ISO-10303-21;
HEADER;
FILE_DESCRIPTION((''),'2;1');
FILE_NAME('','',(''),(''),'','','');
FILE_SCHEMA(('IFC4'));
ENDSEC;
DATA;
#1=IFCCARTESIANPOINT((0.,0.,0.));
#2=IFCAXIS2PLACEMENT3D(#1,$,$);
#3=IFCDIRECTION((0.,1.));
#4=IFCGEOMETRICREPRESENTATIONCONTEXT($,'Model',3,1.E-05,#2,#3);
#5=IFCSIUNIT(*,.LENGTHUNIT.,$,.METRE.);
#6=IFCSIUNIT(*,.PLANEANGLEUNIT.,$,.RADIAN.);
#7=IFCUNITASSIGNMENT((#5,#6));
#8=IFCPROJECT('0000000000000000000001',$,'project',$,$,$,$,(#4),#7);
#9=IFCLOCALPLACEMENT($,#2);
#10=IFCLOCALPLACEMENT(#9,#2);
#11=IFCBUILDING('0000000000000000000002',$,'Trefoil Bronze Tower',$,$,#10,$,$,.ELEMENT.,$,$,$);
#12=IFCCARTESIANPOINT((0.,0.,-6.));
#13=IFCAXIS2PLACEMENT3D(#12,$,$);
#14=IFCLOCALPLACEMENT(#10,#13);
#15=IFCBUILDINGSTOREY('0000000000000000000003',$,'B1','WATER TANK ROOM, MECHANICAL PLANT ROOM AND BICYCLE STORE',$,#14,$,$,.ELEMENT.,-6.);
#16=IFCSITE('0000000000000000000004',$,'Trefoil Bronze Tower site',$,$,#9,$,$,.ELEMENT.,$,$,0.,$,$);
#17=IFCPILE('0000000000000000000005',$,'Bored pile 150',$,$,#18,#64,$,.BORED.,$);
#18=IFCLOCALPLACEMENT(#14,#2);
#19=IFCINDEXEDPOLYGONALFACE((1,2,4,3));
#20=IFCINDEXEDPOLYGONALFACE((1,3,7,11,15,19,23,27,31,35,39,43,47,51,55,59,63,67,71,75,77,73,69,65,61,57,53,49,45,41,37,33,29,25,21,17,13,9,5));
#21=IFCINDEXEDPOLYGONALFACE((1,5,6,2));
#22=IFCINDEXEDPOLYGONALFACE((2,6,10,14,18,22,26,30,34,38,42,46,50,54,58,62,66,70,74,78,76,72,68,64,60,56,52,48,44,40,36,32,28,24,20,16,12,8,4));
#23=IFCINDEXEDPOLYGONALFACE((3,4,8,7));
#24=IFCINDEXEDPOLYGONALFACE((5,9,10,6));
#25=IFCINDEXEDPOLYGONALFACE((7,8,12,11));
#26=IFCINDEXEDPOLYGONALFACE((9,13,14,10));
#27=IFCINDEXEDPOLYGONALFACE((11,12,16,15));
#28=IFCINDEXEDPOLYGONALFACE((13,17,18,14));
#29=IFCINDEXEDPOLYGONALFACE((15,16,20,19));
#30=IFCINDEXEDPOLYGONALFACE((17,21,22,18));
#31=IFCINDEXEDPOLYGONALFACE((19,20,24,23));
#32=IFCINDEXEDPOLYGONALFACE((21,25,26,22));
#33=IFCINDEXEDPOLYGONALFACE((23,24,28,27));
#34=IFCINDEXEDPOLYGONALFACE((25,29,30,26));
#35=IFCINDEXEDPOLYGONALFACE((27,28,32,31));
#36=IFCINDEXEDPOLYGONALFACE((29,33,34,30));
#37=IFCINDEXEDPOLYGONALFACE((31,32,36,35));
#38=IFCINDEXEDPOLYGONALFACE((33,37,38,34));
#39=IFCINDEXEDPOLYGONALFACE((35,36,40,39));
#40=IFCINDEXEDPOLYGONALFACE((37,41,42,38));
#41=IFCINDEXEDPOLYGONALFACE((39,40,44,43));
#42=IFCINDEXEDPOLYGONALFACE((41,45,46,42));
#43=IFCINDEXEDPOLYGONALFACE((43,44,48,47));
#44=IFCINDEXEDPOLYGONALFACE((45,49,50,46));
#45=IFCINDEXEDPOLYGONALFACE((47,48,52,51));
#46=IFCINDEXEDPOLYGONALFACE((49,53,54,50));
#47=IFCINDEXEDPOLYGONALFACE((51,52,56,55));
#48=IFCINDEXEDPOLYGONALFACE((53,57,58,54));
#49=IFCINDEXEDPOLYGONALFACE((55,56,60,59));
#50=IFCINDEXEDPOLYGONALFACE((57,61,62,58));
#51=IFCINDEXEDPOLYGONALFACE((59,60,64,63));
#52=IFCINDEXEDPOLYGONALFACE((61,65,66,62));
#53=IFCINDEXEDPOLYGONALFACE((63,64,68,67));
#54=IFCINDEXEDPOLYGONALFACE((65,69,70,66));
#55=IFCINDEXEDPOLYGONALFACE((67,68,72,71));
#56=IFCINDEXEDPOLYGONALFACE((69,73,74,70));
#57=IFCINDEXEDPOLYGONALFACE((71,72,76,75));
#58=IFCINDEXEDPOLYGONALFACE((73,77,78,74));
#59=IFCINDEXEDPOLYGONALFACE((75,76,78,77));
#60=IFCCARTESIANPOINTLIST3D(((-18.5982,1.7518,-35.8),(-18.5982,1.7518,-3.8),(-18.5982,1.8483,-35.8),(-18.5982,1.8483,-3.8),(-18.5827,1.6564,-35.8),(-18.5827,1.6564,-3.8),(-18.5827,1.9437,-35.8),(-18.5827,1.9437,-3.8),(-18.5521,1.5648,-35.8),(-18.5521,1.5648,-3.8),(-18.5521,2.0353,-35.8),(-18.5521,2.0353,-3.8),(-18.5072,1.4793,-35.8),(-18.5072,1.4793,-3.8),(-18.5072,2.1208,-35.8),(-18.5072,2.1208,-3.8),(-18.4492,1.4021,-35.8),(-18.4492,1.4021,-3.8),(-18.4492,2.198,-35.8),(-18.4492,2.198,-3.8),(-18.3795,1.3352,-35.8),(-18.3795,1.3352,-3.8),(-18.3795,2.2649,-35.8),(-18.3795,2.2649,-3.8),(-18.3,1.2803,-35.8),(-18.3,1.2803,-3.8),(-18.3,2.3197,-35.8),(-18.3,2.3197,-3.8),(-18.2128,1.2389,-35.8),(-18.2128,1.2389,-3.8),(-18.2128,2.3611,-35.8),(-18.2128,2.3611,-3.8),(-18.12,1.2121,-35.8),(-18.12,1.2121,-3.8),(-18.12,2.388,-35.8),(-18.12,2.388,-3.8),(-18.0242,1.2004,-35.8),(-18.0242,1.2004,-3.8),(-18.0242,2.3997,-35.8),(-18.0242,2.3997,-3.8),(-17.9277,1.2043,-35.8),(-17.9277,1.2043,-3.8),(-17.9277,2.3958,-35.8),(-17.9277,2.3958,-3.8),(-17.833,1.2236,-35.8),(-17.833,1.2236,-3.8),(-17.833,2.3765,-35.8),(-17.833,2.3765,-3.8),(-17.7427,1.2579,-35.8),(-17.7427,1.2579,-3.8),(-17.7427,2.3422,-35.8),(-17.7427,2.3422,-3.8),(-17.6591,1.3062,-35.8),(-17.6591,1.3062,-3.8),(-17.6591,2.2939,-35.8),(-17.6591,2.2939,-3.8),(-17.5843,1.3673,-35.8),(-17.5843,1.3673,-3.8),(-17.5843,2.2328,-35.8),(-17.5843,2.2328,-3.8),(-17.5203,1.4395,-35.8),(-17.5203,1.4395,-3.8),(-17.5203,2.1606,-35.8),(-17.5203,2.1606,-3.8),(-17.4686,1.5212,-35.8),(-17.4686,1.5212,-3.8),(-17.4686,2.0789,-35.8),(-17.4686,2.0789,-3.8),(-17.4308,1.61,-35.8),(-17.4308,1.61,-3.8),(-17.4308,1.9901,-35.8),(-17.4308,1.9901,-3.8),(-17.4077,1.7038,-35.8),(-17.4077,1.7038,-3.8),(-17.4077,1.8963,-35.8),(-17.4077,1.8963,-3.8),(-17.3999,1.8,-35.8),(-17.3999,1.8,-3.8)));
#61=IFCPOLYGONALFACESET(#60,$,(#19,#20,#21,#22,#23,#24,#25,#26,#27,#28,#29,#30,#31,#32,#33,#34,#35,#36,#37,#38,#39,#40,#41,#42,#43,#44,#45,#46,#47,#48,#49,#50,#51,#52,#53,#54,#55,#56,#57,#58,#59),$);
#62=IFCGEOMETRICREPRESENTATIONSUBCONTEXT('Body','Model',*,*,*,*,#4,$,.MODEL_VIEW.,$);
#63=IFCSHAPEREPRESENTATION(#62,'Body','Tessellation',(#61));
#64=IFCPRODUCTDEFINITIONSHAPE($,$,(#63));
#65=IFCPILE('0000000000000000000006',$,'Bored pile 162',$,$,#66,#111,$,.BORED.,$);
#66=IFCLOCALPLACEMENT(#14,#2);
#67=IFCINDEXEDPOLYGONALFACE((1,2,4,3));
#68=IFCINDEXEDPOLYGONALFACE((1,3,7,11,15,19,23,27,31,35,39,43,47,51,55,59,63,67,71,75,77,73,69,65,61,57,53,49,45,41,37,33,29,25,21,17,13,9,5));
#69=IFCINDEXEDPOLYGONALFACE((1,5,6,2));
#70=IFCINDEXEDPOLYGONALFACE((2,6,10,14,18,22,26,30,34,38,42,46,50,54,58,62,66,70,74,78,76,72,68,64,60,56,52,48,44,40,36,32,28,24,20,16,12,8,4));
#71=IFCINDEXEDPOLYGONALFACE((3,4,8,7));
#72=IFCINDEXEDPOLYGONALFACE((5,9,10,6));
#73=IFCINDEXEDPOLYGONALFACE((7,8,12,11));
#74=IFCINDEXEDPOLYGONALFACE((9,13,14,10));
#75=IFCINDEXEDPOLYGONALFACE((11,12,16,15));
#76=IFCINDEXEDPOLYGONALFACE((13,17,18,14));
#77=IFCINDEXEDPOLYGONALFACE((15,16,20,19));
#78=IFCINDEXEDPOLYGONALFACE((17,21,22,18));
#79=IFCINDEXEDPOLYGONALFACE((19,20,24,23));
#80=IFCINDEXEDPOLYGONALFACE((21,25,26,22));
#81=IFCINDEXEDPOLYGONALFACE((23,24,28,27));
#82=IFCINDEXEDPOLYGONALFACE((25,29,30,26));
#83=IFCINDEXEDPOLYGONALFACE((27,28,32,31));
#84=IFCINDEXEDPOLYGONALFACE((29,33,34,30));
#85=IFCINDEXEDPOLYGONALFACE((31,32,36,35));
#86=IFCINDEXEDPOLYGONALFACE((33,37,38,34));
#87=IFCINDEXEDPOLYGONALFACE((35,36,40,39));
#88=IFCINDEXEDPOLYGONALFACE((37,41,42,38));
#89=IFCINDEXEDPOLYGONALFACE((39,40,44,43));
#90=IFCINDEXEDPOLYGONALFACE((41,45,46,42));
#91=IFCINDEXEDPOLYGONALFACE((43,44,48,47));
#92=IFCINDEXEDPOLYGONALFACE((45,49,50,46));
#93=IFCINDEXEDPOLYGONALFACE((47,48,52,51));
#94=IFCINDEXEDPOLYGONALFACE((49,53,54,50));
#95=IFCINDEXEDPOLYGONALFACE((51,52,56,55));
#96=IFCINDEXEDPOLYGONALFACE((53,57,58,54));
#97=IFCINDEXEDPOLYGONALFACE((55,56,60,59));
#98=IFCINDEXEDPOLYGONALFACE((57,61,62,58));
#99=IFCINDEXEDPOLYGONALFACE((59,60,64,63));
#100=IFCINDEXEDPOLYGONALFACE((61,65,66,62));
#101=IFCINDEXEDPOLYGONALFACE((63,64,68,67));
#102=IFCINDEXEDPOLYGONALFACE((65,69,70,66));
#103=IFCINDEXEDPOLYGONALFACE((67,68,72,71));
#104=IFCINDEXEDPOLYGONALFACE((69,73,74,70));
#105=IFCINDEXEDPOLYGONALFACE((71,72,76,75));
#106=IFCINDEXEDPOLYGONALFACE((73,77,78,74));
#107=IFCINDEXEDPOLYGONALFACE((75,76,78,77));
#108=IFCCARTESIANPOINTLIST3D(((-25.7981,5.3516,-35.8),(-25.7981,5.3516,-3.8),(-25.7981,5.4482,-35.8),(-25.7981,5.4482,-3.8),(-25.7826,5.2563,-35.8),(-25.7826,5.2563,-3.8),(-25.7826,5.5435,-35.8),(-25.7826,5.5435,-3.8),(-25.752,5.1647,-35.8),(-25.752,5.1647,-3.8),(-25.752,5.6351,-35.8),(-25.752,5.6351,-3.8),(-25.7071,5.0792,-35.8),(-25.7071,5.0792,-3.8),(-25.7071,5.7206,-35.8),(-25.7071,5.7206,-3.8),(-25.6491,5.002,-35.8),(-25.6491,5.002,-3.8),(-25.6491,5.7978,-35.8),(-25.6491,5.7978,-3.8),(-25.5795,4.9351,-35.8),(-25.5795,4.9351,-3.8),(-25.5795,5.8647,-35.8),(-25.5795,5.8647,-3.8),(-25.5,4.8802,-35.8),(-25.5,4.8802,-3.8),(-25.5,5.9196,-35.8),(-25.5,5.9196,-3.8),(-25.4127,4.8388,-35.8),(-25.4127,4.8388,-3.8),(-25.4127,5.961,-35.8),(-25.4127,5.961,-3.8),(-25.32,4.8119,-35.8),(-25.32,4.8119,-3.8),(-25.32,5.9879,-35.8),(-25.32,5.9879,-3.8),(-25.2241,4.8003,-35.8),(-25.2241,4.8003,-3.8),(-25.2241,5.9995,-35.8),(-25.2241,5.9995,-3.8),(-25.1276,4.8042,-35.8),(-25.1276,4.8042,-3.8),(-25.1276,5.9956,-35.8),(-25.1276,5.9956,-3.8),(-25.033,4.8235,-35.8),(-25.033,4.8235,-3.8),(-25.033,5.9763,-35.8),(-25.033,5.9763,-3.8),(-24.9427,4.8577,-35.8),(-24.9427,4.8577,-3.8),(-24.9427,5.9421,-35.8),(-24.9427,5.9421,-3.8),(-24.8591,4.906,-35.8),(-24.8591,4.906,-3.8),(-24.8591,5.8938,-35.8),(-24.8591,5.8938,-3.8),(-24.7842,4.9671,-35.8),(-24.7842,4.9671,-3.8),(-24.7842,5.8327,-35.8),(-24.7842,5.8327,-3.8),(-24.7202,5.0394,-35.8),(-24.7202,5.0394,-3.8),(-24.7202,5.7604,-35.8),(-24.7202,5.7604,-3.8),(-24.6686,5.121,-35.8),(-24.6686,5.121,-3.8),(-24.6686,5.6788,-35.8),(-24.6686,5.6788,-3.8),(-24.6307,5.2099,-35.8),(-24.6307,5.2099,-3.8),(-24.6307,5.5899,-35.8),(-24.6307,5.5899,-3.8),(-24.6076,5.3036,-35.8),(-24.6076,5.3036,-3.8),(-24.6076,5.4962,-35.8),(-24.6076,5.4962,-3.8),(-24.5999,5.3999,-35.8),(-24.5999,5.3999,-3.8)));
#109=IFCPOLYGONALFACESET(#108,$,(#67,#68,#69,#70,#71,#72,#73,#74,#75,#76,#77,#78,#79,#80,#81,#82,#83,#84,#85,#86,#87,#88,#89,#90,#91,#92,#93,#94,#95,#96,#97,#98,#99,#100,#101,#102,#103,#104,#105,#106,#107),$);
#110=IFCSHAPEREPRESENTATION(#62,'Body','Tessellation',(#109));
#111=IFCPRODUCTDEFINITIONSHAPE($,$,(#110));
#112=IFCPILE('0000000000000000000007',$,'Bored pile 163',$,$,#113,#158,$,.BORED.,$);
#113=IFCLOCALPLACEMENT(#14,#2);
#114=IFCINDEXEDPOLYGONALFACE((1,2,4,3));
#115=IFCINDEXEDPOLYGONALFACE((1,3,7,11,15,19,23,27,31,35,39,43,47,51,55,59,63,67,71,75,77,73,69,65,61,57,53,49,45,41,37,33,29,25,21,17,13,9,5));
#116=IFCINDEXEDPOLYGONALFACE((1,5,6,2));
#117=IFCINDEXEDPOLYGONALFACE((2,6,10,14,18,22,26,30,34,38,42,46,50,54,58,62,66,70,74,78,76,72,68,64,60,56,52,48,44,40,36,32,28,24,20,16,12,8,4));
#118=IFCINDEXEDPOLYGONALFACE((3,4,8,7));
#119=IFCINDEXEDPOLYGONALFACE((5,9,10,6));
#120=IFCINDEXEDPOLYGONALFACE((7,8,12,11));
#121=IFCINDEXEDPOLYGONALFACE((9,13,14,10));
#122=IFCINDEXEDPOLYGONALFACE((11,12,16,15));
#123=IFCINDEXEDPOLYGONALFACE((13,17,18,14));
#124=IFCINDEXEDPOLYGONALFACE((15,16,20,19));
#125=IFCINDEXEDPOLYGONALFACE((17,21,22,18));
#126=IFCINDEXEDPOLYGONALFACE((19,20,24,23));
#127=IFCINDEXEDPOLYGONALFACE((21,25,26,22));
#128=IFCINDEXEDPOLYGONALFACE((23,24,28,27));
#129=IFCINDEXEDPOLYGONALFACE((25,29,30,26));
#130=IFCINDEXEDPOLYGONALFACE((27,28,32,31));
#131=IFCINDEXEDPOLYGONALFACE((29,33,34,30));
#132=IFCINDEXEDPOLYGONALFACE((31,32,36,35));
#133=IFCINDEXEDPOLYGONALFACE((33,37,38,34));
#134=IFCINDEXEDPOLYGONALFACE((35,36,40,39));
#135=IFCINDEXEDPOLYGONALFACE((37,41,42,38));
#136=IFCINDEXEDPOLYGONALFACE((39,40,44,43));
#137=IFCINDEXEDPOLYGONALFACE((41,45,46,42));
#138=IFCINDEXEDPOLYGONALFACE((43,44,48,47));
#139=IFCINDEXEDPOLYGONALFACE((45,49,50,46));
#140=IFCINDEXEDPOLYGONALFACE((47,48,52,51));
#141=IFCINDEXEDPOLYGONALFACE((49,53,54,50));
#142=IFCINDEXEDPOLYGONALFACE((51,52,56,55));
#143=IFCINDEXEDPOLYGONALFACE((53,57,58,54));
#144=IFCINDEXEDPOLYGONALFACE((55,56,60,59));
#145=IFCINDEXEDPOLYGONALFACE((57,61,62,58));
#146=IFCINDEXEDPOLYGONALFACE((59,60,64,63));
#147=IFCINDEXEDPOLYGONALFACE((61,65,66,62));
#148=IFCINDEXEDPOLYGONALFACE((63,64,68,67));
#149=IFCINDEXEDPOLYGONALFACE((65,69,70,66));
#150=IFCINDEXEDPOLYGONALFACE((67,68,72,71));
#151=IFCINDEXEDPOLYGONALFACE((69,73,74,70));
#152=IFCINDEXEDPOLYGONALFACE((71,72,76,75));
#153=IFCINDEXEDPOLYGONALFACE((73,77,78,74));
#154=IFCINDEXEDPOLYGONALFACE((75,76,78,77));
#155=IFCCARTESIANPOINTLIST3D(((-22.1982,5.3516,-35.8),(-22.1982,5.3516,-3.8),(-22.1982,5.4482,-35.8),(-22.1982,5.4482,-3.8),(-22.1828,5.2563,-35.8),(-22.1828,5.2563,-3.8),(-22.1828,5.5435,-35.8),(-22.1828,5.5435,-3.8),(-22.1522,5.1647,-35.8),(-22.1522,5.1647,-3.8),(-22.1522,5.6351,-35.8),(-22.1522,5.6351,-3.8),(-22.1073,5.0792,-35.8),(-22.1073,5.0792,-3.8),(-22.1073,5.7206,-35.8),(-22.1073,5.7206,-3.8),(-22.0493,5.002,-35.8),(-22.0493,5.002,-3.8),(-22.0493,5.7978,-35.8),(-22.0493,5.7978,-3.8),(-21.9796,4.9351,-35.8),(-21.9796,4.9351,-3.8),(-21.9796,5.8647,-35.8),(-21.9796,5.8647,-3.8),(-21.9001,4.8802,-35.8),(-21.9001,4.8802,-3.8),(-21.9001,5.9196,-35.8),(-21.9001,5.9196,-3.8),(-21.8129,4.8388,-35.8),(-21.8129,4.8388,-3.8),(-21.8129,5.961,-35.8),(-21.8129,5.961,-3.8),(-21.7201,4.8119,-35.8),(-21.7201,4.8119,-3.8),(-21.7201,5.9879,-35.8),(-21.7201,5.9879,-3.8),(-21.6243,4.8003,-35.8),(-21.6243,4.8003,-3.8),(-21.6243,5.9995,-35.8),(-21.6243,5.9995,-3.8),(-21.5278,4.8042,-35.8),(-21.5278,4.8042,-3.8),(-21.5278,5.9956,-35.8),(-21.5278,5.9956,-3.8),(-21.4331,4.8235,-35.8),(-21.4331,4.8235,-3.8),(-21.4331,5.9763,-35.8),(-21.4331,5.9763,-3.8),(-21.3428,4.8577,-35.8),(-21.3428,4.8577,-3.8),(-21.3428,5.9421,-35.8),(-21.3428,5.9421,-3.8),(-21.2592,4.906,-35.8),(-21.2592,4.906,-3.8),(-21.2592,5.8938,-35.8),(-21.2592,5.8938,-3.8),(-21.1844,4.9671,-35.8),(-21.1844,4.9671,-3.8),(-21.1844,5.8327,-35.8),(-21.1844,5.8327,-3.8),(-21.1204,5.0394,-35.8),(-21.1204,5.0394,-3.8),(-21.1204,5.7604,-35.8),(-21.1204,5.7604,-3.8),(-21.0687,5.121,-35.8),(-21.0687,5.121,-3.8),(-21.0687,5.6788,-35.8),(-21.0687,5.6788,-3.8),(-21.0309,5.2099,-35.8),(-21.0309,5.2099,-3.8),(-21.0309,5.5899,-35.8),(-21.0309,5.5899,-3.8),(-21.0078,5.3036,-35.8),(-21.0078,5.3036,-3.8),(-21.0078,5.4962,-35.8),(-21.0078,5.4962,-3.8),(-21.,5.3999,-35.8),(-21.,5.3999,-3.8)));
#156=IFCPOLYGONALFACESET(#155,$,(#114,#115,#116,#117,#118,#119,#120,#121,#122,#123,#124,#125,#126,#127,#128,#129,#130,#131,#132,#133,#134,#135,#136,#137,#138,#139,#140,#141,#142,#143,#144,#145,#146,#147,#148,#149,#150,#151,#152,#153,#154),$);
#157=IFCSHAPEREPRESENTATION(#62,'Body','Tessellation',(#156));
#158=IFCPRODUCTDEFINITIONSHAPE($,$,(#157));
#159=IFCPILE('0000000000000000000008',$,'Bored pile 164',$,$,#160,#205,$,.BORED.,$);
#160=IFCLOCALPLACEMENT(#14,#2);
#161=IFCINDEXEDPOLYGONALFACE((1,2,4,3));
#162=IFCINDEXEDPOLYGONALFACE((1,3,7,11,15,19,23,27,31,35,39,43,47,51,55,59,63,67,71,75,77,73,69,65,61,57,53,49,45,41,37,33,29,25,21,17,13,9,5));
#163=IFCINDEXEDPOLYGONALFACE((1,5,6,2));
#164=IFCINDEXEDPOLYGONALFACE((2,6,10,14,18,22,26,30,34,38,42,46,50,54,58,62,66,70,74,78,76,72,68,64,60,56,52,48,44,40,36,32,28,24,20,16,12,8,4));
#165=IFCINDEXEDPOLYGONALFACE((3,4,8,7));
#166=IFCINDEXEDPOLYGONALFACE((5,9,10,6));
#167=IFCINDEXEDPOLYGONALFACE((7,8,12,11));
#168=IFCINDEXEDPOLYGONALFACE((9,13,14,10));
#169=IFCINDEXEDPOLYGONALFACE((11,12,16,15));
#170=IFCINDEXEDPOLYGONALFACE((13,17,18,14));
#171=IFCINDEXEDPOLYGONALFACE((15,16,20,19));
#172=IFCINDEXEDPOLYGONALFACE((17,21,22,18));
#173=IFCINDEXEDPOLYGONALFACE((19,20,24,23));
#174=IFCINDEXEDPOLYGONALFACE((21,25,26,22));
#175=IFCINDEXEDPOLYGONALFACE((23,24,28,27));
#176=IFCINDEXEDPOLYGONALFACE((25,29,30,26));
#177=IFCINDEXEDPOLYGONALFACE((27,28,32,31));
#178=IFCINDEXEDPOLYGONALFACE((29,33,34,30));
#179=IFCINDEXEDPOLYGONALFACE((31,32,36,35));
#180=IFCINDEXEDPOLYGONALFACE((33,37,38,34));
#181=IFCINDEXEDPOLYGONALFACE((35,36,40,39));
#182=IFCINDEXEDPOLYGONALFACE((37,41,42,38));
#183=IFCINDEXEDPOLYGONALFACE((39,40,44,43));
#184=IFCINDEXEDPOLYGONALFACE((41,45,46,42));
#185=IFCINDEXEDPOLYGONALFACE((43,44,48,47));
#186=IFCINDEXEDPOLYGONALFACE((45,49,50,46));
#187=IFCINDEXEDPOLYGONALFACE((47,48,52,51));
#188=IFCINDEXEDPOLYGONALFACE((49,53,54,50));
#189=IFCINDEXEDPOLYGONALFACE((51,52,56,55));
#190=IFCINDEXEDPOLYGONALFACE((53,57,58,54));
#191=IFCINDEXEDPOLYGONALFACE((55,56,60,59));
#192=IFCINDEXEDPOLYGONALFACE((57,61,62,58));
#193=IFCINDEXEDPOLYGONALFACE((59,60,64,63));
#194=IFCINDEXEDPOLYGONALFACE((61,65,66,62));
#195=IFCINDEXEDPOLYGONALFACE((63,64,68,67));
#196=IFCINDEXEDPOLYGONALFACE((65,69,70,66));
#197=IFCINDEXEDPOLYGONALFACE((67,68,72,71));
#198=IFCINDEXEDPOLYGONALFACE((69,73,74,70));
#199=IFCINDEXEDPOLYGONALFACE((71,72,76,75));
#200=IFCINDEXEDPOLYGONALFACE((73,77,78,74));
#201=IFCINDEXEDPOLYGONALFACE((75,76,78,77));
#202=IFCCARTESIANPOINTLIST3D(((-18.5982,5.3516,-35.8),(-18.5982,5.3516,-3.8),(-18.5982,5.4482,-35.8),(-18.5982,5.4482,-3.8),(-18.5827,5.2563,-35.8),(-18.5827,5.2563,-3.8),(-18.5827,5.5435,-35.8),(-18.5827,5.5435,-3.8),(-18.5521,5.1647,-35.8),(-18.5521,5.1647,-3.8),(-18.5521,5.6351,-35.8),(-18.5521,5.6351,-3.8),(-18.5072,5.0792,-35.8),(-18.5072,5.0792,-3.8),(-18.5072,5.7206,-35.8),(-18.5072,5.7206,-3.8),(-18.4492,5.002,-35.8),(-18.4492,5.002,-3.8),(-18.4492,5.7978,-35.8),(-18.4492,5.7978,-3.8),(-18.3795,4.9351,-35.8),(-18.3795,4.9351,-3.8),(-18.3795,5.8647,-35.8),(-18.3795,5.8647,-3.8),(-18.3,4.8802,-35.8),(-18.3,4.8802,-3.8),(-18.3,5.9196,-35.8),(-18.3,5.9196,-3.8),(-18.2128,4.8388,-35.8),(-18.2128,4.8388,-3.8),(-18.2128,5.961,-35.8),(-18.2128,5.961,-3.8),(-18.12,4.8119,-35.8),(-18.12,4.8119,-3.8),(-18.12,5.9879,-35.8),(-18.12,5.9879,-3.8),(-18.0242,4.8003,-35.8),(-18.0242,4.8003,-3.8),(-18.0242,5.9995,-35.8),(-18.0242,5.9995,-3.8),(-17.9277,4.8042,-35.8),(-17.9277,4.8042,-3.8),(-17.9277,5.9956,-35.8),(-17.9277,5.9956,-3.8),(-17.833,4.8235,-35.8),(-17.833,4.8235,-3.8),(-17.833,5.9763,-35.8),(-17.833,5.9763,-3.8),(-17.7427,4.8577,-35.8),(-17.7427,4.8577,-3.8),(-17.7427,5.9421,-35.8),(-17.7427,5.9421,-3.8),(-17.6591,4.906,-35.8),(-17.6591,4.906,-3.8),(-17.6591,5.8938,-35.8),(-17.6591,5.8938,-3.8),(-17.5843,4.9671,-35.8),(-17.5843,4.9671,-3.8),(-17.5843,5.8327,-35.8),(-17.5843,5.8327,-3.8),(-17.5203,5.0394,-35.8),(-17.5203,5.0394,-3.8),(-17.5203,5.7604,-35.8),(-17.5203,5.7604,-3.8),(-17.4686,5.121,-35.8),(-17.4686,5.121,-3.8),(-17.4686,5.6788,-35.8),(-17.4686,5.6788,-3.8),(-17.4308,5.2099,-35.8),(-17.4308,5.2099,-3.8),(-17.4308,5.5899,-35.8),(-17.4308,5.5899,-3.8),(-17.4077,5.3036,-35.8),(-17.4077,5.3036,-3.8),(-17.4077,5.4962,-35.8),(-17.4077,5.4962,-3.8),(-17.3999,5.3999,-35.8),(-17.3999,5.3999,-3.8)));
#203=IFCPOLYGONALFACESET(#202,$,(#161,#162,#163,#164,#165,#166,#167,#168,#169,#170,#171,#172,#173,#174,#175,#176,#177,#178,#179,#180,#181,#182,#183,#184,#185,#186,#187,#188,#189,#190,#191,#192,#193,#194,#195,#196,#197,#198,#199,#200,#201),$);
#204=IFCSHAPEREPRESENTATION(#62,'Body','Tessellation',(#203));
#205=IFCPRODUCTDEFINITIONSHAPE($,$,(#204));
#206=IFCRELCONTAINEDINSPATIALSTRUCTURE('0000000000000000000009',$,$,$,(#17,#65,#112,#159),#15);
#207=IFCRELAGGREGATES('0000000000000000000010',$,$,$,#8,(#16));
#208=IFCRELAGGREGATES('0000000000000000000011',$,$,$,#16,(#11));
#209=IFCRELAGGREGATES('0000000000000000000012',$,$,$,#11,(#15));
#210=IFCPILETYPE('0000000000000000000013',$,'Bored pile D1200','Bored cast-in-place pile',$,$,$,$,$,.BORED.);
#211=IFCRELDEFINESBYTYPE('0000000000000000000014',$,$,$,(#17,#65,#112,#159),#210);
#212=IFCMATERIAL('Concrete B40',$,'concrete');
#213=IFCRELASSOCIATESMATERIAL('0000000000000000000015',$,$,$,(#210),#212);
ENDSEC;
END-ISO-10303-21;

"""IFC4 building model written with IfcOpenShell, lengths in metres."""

from ifc_helpers import new_model, si_unit, direction, frame, origin, origin_2d, place, context, subcontext, project, spatial, circle, extrude, material, type_object, element, save


model = new_model("IFC4")

# Units and contexts
model_context = context("Model", 3, precision=1e-05, world=origin(), true_north=direction((0.0, 1.0)))
body_context = subcontext(model_context, "Body", "Model", "MODEL_VIEW")
ifc_project = project(units=[si_unit("LENGTHUNIT", "METRE"), si_unit("PLANEANGLEUNIT", "RADIAN")], contexts=[model_context])

# Site, building, storey
site_placement = place(None, origin())
site = spatial("IfcSite", under=ifc_project, at=site_placement, Name="Trefoil Bronze Tower site", CompositionType="ELEMENT", RefElevation=0.0)
building_placement = place(site_placement, origin())
building = spatial("IfcBuilding", under=site, at=building_placement, Name="Trefoil Bronze Tower", CompositionType="ELEMENT")
storey_placement = place(building_placement, frame((0.0, 0.0, -6.0)))
storey = spatial("IfcBuildingStorey", under=building, at=storey_placement, Name="B1", Description="WATER TANK ROOM, MECHANICAL PLANT ROOM AND BICYCLE STORE", CompositionType="ELEMENT", Elevation=-6.0)

# Piles
ifc_material_1 = material(Name="Concrete B40", Category="concrete")
pile_type = type_object("IfcPileType", Name="Bored pile D1200", Description="Bored cast-in-place pile", PredefinedType="BORED", material=ifc_material_1)
for number, where, z_axis, x_axis, name in (
    (1, (-18.0, 1.8, -3.8), (0.0, 0.0, -1.0), (1.0, 0.0, 0.0), "Bored pile 150"),
    (2, (-25.2, 5.3999, -3.8), (0.0, 0.0, -1.0), (1.0, 0.0, 0.0), "Bored pile 162"),
    (3, (-21.6001, 5.3999, -3.8), (0.0, 0.0, -1.0), (1.0, 0.0, 0.0), "Bored pile 163"),
    (4, (-18.0, 5.3999, -3.8), (0.0, 0.0, -1.0), (1.0, 0.0, 0.0), "Bored pile 164"),
):
    element("IfcPile", number, at=place(storey_placement, frame(where, z_axis=z_axis, x_axis=x_axis)), inside=storey, type_object=pile_type, Name=name, PredefinedType="BORED", context=body_context, shape_type="SweptSolid", body=[
        extrude(circle(Radius=0.6001, at=origin_2d()), origin(), (0.0, 0.0, 1.0), 32.0),
    ])

save(model, "model.ifc")
